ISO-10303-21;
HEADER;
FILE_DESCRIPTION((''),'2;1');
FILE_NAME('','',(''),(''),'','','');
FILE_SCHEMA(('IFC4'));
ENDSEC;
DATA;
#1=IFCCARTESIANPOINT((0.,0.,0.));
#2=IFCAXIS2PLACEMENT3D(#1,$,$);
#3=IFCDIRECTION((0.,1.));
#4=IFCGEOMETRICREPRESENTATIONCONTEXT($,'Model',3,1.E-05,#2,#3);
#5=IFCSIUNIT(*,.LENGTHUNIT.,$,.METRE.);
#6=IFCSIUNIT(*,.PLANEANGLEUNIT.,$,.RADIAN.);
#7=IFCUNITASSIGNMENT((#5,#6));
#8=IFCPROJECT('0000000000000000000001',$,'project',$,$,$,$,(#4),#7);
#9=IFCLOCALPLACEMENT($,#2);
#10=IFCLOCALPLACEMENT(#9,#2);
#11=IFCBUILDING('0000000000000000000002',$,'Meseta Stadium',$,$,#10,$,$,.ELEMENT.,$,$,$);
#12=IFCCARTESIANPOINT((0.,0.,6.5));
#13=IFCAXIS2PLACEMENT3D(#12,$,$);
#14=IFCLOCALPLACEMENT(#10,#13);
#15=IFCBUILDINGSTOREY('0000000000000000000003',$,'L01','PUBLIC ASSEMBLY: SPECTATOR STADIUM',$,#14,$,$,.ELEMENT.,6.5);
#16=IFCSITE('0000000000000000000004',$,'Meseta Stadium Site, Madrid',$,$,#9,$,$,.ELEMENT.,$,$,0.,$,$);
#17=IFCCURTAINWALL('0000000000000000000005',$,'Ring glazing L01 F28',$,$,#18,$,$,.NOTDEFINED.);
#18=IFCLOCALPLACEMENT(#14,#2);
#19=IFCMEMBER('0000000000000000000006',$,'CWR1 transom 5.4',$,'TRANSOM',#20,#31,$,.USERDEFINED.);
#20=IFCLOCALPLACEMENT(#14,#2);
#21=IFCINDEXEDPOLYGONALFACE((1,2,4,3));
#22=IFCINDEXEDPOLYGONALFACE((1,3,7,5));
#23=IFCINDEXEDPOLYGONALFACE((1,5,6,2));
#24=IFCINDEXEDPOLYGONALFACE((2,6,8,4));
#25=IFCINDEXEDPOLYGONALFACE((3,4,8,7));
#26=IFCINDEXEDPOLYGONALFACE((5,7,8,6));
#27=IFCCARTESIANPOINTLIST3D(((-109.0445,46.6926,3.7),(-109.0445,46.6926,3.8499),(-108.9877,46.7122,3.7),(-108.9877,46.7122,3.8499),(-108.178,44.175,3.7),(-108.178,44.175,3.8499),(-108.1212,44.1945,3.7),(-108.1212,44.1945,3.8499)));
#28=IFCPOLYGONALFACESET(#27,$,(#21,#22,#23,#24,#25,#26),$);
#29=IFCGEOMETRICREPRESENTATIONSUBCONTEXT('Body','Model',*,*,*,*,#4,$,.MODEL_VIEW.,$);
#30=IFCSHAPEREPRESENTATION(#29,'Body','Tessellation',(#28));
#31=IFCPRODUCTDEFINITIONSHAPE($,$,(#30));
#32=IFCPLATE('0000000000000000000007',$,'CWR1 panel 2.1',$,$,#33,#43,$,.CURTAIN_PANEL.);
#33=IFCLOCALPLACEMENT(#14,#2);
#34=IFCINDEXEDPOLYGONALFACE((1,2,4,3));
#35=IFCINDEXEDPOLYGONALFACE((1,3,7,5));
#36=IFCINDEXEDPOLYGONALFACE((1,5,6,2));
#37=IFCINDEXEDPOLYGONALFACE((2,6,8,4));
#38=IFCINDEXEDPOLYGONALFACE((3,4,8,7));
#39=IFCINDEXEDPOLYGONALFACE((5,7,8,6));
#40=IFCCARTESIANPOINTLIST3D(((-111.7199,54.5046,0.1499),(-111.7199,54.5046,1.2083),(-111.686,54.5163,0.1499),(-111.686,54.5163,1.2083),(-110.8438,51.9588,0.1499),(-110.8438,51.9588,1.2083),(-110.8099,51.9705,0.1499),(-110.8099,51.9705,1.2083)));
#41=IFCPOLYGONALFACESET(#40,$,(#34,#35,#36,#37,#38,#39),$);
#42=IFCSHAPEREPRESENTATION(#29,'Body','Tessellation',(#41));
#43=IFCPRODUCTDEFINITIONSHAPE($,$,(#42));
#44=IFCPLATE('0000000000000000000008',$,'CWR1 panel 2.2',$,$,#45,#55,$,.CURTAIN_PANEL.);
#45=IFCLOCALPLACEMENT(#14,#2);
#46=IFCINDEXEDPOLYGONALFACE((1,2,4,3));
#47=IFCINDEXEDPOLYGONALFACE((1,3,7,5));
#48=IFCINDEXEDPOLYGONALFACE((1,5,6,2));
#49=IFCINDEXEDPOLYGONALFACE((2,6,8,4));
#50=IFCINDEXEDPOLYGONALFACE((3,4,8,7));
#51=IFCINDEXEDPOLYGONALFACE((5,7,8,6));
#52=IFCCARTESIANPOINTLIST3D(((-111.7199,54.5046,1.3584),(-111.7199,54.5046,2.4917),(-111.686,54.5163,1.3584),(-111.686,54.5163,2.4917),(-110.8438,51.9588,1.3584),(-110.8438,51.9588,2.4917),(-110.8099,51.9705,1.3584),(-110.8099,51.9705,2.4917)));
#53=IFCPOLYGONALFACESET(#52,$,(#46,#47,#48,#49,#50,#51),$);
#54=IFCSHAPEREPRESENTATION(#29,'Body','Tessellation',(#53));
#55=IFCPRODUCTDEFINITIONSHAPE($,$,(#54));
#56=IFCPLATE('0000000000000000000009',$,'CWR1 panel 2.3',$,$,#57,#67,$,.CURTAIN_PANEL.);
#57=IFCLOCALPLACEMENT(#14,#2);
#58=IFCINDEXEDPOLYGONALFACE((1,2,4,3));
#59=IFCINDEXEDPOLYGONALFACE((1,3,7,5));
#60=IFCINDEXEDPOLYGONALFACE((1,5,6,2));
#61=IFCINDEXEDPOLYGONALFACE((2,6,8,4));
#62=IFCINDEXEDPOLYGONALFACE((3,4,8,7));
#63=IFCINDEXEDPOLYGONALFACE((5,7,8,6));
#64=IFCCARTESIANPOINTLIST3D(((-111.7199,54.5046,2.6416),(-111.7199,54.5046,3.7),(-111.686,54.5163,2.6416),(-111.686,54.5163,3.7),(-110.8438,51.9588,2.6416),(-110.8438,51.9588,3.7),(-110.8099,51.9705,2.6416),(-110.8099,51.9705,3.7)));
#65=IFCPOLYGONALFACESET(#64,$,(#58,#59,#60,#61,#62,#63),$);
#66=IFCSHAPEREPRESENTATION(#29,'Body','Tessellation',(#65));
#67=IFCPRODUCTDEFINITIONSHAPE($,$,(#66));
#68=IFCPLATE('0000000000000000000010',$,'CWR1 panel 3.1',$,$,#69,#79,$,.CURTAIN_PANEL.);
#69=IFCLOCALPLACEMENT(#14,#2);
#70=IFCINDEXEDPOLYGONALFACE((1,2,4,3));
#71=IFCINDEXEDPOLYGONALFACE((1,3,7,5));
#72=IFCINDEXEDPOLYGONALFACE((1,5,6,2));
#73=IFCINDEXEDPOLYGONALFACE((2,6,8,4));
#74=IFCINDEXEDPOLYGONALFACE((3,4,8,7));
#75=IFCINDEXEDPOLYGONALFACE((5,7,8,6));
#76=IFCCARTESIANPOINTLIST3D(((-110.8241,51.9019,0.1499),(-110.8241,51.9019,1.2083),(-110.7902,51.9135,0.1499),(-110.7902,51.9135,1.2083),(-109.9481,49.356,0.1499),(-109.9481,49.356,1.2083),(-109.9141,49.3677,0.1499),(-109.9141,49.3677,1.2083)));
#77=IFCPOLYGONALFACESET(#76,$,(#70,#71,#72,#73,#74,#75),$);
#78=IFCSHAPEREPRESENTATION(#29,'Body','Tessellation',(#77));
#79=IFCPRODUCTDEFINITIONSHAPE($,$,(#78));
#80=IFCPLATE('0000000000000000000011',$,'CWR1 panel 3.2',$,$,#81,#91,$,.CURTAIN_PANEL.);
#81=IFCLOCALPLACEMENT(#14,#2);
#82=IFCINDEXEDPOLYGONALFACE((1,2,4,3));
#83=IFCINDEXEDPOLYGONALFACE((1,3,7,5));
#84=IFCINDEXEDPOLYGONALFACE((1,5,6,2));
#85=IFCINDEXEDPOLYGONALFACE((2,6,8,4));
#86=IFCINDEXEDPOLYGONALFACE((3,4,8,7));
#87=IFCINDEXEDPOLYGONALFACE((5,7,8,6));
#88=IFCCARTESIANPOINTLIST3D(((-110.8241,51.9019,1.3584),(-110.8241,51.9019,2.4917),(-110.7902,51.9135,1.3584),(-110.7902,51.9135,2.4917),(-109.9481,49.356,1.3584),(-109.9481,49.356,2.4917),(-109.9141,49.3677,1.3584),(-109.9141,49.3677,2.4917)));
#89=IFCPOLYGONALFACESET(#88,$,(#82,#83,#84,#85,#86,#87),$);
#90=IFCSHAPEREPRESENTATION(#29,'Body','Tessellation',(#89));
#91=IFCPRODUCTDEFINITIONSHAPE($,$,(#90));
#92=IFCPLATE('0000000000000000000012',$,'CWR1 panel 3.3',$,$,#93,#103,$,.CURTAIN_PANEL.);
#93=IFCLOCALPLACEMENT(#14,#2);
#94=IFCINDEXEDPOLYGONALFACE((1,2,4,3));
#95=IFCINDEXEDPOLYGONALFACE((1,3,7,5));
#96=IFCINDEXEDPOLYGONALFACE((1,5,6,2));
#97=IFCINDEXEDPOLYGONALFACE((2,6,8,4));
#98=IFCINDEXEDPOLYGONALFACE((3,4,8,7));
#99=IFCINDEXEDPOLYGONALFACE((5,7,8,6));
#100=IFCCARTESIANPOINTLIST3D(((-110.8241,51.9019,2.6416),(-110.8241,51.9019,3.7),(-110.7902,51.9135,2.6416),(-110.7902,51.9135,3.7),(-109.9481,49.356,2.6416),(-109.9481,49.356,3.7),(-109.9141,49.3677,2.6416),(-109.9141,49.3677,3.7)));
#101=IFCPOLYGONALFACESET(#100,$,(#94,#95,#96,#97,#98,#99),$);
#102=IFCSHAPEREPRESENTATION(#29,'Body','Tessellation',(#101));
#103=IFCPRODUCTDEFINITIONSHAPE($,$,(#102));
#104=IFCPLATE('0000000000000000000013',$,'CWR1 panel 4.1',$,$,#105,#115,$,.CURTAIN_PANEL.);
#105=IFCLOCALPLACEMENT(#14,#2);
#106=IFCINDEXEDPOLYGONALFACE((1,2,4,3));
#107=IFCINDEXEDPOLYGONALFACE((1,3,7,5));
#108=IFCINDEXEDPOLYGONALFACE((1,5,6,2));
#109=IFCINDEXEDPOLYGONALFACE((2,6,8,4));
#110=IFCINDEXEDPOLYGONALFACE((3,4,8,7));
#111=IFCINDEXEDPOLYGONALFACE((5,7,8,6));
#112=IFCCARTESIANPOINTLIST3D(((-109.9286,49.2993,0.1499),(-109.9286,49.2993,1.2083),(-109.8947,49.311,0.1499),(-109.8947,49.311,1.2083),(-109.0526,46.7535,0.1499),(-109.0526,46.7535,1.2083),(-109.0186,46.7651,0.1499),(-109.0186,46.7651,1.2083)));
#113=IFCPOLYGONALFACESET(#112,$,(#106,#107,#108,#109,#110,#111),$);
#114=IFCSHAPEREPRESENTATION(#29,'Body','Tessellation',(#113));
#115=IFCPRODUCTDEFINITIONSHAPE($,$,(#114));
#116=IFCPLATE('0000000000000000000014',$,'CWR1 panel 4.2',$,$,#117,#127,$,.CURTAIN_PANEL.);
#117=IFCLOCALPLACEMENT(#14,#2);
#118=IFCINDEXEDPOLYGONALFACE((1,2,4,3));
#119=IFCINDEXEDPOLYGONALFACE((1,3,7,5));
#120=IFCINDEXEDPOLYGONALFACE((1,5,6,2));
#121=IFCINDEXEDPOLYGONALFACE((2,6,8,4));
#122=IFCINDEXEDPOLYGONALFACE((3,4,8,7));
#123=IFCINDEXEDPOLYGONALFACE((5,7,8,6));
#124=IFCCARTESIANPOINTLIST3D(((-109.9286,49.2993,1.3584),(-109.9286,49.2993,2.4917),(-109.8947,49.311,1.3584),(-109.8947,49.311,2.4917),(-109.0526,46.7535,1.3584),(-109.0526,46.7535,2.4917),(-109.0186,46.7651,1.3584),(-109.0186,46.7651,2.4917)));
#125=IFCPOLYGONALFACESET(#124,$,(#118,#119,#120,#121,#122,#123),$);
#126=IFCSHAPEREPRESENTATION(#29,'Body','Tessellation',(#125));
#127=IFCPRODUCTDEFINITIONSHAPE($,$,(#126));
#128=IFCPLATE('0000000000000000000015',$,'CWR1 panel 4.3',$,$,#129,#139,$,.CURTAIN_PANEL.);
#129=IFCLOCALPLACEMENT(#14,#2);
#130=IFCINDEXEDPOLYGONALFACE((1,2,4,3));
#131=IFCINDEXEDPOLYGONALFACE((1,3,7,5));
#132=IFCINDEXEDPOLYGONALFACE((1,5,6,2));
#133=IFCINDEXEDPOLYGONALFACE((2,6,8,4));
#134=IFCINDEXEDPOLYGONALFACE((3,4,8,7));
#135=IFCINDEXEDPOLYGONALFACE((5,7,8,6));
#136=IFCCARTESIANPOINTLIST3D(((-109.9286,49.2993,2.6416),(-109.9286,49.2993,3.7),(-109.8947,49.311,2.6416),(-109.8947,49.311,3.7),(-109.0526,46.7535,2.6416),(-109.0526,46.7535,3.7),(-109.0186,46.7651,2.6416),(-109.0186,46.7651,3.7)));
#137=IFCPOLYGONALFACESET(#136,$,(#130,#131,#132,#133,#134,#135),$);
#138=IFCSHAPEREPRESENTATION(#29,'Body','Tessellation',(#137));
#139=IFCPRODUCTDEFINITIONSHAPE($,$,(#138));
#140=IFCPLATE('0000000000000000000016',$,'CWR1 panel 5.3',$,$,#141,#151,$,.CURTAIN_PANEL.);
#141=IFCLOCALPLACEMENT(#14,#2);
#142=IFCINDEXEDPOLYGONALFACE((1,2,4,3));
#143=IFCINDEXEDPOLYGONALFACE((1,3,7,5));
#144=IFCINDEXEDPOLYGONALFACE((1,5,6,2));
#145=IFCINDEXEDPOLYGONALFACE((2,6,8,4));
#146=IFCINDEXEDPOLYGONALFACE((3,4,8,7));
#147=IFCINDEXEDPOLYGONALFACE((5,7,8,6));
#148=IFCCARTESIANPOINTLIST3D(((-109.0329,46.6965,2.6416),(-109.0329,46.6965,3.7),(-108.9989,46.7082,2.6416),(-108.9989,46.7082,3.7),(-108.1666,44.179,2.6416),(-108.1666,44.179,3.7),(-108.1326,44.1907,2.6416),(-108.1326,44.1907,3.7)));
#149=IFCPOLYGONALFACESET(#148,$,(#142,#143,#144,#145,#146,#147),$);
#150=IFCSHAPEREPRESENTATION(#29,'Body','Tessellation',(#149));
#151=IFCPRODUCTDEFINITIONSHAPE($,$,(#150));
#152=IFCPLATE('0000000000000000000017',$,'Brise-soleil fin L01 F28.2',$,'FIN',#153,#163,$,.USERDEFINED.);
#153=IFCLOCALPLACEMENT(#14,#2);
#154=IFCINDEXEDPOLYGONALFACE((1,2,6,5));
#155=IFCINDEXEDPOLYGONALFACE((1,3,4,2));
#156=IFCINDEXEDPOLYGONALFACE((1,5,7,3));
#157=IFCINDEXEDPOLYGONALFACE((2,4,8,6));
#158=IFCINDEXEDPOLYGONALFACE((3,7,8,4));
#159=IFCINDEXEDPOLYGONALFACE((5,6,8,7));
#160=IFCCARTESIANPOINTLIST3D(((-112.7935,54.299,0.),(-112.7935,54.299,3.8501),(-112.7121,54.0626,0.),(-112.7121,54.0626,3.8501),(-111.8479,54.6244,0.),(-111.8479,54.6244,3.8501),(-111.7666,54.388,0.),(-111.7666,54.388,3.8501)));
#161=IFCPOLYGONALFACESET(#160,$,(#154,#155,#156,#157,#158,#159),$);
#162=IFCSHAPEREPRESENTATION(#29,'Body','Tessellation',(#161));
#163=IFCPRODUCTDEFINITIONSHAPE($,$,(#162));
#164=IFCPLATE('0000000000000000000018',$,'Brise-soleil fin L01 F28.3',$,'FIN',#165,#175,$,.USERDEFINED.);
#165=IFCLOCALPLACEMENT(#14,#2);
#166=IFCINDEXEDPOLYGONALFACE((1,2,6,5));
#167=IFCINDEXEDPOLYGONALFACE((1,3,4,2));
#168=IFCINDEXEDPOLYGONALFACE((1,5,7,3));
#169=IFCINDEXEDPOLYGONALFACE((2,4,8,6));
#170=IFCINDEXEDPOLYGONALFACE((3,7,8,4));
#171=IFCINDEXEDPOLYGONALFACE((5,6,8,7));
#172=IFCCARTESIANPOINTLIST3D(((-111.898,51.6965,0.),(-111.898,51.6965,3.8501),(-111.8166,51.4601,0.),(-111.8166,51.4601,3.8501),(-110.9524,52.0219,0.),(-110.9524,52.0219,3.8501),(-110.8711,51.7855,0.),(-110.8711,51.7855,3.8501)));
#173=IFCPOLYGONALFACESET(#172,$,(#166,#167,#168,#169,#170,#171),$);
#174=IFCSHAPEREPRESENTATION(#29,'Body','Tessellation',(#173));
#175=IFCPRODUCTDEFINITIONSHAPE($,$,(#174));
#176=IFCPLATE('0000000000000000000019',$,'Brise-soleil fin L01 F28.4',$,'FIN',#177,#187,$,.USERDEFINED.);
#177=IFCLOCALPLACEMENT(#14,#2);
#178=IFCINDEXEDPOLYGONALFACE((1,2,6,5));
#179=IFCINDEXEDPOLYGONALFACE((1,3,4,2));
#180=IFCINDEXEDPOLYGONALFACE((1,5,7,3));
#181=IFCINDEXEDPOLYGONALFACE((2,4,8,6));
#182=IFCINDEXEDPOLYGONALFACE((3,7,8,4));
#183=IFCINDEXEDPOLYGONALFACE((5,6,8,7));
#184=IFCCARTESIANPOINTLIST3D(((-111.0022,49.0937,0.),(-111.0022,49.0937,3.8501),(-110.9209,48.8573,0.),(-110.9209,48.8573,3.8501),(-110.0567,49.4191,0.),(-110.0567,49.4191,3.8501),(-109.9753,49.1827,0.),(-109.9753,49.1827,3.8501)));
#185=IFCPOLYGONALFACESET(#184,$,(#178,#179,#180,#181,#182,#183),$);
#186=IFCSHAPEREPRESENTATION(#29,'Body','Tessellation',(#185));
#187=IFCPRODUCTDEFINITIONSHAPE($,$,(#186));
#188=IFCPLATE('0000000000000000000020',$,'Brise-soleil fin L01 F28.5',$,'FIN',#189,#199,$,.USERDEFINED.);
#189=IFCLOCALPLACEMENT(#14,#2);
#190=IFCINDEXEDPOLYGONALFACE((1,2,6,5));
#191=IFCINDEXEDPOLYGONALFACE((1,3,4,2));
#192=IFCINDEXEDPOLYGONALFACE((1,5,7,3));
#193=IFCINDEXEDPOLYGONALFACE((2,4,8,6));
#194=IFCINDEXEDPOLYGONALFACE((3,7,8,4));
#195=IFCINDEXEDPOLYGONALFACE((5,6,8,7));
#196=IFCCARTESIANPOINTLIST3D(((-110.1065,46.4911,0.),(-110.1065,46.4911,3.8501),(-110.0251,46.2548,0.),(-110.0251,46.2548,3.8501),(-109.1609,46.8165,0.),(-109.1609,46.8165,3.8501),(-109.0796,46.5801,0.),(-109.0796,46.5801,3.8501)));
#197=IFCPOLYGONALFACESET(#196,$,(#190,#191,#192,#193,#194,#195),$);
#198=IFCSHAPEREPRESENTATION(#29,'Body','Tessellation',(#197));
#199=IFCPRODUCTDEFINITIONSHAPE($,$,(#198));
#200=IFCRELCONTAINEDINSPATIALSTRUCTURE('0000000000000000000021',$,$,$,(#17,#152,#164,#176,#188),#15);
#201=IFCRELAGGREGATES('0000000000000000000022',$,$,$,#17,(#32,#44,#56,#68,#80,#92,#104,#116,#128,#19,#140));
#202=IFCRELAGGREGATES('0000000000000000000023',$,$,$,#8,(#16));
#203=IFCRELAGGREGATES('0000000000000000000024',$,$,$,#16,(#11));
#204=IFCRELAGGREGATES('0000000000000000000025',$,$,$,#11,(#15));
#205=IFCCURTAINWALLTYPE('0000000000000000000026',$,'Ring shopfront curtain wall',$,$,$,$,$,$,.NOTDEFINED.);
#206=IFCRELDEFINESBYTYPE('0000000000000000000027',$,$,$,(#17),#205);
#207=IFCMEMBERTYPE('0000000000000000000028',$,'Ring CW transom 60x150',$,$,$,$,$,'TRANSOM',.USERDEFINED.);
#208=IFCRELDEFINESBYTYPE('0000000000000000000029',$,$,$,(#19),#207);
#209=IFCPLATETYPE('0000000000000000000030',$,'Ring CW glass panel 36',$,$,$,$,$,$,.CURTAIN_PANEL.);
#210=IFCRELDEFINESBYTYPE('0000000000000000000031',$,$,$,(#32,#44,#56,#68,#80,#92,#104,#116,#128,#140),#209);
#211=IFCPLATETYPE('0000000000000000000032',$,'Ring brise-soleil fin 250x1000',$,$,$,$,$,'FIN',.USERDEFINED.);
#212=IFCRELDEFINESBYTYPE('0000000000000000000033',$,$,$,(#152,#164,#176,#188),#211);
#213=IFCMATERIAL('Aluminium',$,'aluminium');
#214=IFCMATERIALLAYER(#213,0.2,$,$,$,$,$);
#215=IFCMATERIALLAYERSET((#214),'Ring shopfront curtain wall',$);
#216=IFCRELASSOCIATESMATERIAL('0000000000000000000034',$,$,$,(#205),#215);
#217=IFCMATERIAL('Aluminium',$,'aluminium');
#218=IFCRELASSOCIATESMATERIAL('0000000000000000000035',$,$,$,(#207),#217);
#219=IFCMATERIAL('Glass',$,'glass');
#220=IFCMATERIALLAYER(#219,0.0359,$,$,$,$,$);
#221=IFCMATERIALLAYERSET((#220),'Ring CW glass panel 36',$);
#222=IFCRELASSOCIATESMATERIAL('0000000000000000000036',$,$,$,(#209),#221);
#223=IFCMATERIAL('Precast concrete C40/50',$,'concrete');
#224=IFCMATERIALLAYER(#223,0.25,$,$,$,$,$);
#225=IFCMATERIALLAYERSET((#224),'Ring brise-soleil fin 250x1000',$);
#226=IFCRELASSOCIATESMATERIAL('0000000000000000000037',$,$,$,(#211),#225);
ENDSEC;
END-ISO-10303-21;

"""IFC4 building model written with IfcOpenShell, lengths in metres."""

from ifc_helpers import new_model, si_unit, direction, frame, origin, origin_2d, place, context, subcontext, project, spatial, rectangle, extrude, material, layer, layer_set, material_profile, profile_set, type_object, element, aggregate, save


model = new_model("IFC4")

# Units and contexts
model_context = context("Model", 3, precision=1e-05, world=origin(), true_north=direction((0.0, 1.0)))
body_context = subcontext(model_context, "Body", "Model", "MODEL_VIEW")
ifc_project = project(units=[si_unit("LENGTHUNIT", "METRE"), si_unit("PLANEANGLEUNIT", "RADIAN")], contexts=[model_context])

# Site, building, storey
site_placement = place(None, origin())
site = spatial("IfcSite", under=ifc_project, at=site_placement, Name="Meseta Stadium Site, Madrid", CompositionType="ELEMENT", RefElevation=0.0)
building_placement = place(site_placement, origin())
building = spatial("IfcBuilding", under=site, at=building_placement, Name="Meseta Stadium", CompositionType="ELEMENT")
storey_placement = place(building_placement, frame((0.0, 0.0, 6.5)))
storey = spatial("IfcBuildingStorey", under=building, at=storey_placement, Name="L01", Description="PUBLIC ASSEMBLY: SPECTATOR STADIUM", CompositionType="ELEMENT", Elevation=6.5)

# Curtain wall, member, plates
ifc_material_1 = material(Name="Aluminium", Category="aluminium")
ifc_layer_1 = layer(ifc_material_1, 0.2)
ifc_layer_set_1 = layer_set([ifc_layer_1], Name="Ring shopfront curtain wall")
curtain_wall_type = type_object("IfcCurtainWallType", Name="Ring shopfront curtain wall", PredefinedType="NOTDEFINED", material=ifc_layer_set_1)
curtain_wall_placement = place(storey_placement, origin())
curtain_wall = element("IfcCurtainWall", 1, at=curtain_wall_placement, inside=storey, type_object=curtain_wall_type, Name="Ring glazing L01 F28", PredefinedType="NOTDEFINED")
ifc_material_2 = material(Name="Aluminium", Category="aluminium")
ifc_material_profile_1 = material_profile(ifc_material_2, rectangle(XDim=0.0601, YDim=0.1499, at=origin_2d()), Name="CW 60x150")
ifc_profile_set_1 = profile_set([ifc_material_profile_1], Name="Aluminium")
member_type_1 = type_object("IfcMemberType", Name="Ring CW transom 60x150", ElementType="TRANSOM", PredefinedType="USERDEFINED", material=ifc_profile_set_1)
member_1_placement = place(storey_placement, frame((-109.0161, 46.7024, 3.7749), z_axis=(0.325428, -0.945567, 0.0), x_axis=(0.945567, 0.325428, 0.0)))
member_1 = element("IfcMember", 2, at=member_1_placement, type_object=member_type_1, Name="CWR1 transom 5.4", ObjectType="TRANSOM", PredefinedType="USERDEFINED", context=body_context, shape_type="SweptSolid", body=[
    extrude(rectangle(XDim=0.0601, YDim=0.1499, at=origin_2d()), origin(), (0.0, 0.0, 1.0), 2.6626),
])
ifc_material_3 = material(Name="Glass", Category="glass")
ifc_layer_2 = layer(ifc_material_3, 0.0359)
ifc_layer_set_2 = layer_set([ifc_layer_2], Name="Ring CW glass panel 36")
plate_type_1 = type_object("IfcPlateType", Name="Ring CW glass panel 36", PredefinedType="CURTAIN_PANEL", material=ifc_layer_set_2)
plate_1_placement = place(storey_placement, frame((-111.2649, 53.2375, 0.1499), z_axis=(0.0, 0.0, 1.0), x_axis=(0.325386, -0.945581, 0.0)))
plate_1 = element("IfcPlate", 3, at=plate_1_placement, type_object=plate_type_1, Name="CWR1 panel 2.1", PredefinedType="CURTAIN_PANEL", context=body_context, shape_type="SweptSolid", body=[
    extrude(rectangle(XDim=2.6924, YDim=0.0359, at=origin_2d()), origin(), (0.0, 0.0, 1.0), 1.0583),
])
plate_2_placement = place(storey_placement, frame((-111.2649, 53.2375, 1.3584), z_axis=(0.0, 0.0, 1.0), x_axis=(0.325386, -0.945581, 0.0)))
plate_2 = element("IfcPlate", 4, at=plate_2_placement, type_object=plate_type_1, Name="CWR1 panel 2.2", PredefinedType="CURTAIN_PANEL", context=body_context, shape_type="SweptSolid", body=[
    extrude(rectangle(XDim=2.6924, YDim=0.0359, at=origin_2d()), origin(), (0.0, 0.0, 1.0), 1.1333),
])
plate_3_placement = place(storey_placement, frame((-111.2649, 53.2375, 2.6416), z_axis=(0.0, 0.0, 1.0), x_axis=(0.325386, -0.945581, 0.0)))
plate_3 = element("IfcPlate", 5, at=plate_3_placement, type_object=plate_type_1, Name="CWR1 panel 2.3", PredefinedType="CURTAIN_PANEL", context=body_context, shape_type="SweptSolid", body=[
    extrude(rectangle(XDim=2.6924, YDim=0.0359, at=origin_2d()), origin(), (0.0, 0.0, 1.0), 1.0583),
])
plate_4_placement = place(storey_placement, frame((-110.3691, 50.6348, 0.1499), z_axis=(0.0, 0.0, 1.0), x_axis=(0.325386, -0.945581, 0.0)))
plate_4 = element("IfcPlate", 6, at=plate_4_placement, type_object=plate_type_1, Name="CWR1 panel 3.1", PredefinedType="CURTAIN_PANEL", context=body_context, shape_type="SweptSolid", body=[
    extrude(rectangle(XDim=2.6924, YDim=0.0359, at=origin_2d()), origin(), (0.0, 0.0, 1.0), 1.0583),
])
plate_5_placement = place(storey_placement, frame((-110.3691, 50.6348, 1.3584), z_axis=(0.0, 0.0, 1.0), x_axis=(0.325386, -0.945581, 0.0)))
plate_5 = element("IfcPlate", 7, at=plate_5_placement, type_object=plate_type_1, Name="CWR1 panel 3.2", PredefinedType="CURTAIN_PANEL", context=body_context, shape_type="SweptSolid", body=[
    extrude(rectangle(XDim=2.6924, YDim=0.0359, at=origin_2d()), origin(), (0.0, 0.0, 1.0), 1.1333),
])
plate_6_placement = place(storey_placement, frame((-110.3691, 50.6348, 2.6416), z_axis=(0.0, 0.0, 1.0), x_axis=(0.325386, -0.945581, 0.0)))
plate_6 = element("IfcPlate", 8, at=plate_6_placement, type_object=plate_type_1, Name="CWR1 panel 3.3", PredefinedType="CURTAIN_PANEL", context=body_context, shape_type="SweptSolid", body=[
    extrude(rectangle(XDim=2.6924, YDim=0.0359, at=origin_2d()), origin(), (0.0, 0.0, 1.0), 1.0583),
])
plate_7_placement = place(storey_placement, frame((-109.4736, 48.0322, 0.1499), z_axis=(0.0, 0.0, 1.0), x_axis=(0.325386, -0.945581, 0.0)))
plate_7 = element("IfcPlate", 9, at=plate_7_placement, type_object=plate_type_1, Name="CWR1 panel 4.1", PredefinedType="CURTAIN_PANEL", context=body_context, shape_type="SweptSolid", body=[
    extrude(rectangle(XDim=2.6924, YDim=0.0359, at=origin_2d()), origin(), (0.0, 0.0, 1.0), 1.0583),
])
plate_8_placement = place(storey_placement, frame((-109.4736, 48.0322, 1.3584), z_axis=(0.0, 0.0, 1.0), x_axis=(0.325386, -0.945581, 0.0)))
plate_8 = element("IfcPlate", 10, at=plate_8_placement, type_object=plate_type_1, Name="CWR1 panel 4.2", PredefinedType="CURTAIN_PANEL", context=body_context, shape_type="SweptSolid", body=[
    extrude(rectangle(XDim=2.6924, YDim=0.0359, at=origin_2d()), origin(), (0.0, 0.0, 1.0), 1.1333),
])
plate_9_placement = place(storey_placement, frame((-109.4736, 48.0322, 2.6416), z_axis=(0.0, 0.0, 1.0), x_axis=(0.325386, -0.945581, 0.0)))
plate_9 = element("IfcPlate", 11, at=plate_9_placement, type_object=plate_type_1, Name="CWR1 panel 4.3", PredefinedType="CURTAIN_PANEL", context=body_context, shape_type="SweptSolid", body=[
    extrude(rectangle(XDim=2.6924, YDim=0.0359, at=origin_2d()), origin(), (0.0, 0.0, 1.0), 1.0583),
])
plate_10_placement = place(storey_placement, frame((-108.5828, 45.4436, 2.6416), z_axis=(0.0, 0.0, 1.0), x_axis=(0.325386, -0.945581, 0.0)))
plate_10 = element("IfcPlate", 12, at=plate_10_placement, type_object=plate_type_1, Name="CWR1 panel 5.3", PredefinedType="CURTAIN_PANEL", context=body_context, shape_type="SweptSolid", body=[
    extrude(rectangle(XDim=2.6624, YDim=0.0359, at=origin_2d()), origin(), (0.0, 0.0, 1.0), 1.0583),
])
aggregate(curtain_wall, [plate_1, plate_2, plate_3, plate_4, plate_5, plate_6, plate_7, plate_8, plate_9, member_1, plate_10])

# Plates
ifc_material_4 = material(Name="Precast concrete C40/50", Category="concrete")
ifc_layer_3 = layer(ifc_material_4, 0.25)
ifc_layer_set_3 = layer_set([ifc_layer_3], Name="Ring brise-soleil fin 250x1000")
plate_type_2 = type_object("IfcPlateType", Name="Ring brise-soleil fin 250x1000", ElementType="FIN", PredefinedType="USERDEFINED", material=ifc_layer_set_3)
for number, where, z_axis, x_axis, name in (
    (13, (-112.28, 54.3435, 0.0), (0.0, 0.0, 1.0), (0.325393, -0.945579, 0.0), "Brise-soleil fin L01 F28.2"),
    (14, (-111.3845, 51.741, 0.0), (0.0, 0.0, 1.0), (0.325393, -0.945579, 0.0), "Brise-soleil fin L01 F28.3"),
    (15, (-110.4888, 49.1382, 0.0), (0.0, 0.0, 1.0), (0.325393, -0.945579, 0.0), "Brise-soleil fin L01 F28.4"),
    (16, (-109.593, 46.5356, 0.0), (0.0, 0.0, 1.0), (0.325393, -0.945579, 0.0), "Brise-soleil fin L01 F28.5"),
):
    element("IfcPlate", number, at=place(storey_placement, frame(where, z_axis=z_axis, x_axis=x_axis)), inside=storey, type_object=plate_type_2, Name=name, ObjectType="FIN", PredefinedType="USERDEFINED", context=body_context, shape_type="SweptSolid", body=[
        extrude(rectangle(XDim=0.25, YDim=1.0, at=origin_2d()), origin(), (0.0, 0.0, 1.0), 3.8501),
    ])

save(model, "model.ifc")
